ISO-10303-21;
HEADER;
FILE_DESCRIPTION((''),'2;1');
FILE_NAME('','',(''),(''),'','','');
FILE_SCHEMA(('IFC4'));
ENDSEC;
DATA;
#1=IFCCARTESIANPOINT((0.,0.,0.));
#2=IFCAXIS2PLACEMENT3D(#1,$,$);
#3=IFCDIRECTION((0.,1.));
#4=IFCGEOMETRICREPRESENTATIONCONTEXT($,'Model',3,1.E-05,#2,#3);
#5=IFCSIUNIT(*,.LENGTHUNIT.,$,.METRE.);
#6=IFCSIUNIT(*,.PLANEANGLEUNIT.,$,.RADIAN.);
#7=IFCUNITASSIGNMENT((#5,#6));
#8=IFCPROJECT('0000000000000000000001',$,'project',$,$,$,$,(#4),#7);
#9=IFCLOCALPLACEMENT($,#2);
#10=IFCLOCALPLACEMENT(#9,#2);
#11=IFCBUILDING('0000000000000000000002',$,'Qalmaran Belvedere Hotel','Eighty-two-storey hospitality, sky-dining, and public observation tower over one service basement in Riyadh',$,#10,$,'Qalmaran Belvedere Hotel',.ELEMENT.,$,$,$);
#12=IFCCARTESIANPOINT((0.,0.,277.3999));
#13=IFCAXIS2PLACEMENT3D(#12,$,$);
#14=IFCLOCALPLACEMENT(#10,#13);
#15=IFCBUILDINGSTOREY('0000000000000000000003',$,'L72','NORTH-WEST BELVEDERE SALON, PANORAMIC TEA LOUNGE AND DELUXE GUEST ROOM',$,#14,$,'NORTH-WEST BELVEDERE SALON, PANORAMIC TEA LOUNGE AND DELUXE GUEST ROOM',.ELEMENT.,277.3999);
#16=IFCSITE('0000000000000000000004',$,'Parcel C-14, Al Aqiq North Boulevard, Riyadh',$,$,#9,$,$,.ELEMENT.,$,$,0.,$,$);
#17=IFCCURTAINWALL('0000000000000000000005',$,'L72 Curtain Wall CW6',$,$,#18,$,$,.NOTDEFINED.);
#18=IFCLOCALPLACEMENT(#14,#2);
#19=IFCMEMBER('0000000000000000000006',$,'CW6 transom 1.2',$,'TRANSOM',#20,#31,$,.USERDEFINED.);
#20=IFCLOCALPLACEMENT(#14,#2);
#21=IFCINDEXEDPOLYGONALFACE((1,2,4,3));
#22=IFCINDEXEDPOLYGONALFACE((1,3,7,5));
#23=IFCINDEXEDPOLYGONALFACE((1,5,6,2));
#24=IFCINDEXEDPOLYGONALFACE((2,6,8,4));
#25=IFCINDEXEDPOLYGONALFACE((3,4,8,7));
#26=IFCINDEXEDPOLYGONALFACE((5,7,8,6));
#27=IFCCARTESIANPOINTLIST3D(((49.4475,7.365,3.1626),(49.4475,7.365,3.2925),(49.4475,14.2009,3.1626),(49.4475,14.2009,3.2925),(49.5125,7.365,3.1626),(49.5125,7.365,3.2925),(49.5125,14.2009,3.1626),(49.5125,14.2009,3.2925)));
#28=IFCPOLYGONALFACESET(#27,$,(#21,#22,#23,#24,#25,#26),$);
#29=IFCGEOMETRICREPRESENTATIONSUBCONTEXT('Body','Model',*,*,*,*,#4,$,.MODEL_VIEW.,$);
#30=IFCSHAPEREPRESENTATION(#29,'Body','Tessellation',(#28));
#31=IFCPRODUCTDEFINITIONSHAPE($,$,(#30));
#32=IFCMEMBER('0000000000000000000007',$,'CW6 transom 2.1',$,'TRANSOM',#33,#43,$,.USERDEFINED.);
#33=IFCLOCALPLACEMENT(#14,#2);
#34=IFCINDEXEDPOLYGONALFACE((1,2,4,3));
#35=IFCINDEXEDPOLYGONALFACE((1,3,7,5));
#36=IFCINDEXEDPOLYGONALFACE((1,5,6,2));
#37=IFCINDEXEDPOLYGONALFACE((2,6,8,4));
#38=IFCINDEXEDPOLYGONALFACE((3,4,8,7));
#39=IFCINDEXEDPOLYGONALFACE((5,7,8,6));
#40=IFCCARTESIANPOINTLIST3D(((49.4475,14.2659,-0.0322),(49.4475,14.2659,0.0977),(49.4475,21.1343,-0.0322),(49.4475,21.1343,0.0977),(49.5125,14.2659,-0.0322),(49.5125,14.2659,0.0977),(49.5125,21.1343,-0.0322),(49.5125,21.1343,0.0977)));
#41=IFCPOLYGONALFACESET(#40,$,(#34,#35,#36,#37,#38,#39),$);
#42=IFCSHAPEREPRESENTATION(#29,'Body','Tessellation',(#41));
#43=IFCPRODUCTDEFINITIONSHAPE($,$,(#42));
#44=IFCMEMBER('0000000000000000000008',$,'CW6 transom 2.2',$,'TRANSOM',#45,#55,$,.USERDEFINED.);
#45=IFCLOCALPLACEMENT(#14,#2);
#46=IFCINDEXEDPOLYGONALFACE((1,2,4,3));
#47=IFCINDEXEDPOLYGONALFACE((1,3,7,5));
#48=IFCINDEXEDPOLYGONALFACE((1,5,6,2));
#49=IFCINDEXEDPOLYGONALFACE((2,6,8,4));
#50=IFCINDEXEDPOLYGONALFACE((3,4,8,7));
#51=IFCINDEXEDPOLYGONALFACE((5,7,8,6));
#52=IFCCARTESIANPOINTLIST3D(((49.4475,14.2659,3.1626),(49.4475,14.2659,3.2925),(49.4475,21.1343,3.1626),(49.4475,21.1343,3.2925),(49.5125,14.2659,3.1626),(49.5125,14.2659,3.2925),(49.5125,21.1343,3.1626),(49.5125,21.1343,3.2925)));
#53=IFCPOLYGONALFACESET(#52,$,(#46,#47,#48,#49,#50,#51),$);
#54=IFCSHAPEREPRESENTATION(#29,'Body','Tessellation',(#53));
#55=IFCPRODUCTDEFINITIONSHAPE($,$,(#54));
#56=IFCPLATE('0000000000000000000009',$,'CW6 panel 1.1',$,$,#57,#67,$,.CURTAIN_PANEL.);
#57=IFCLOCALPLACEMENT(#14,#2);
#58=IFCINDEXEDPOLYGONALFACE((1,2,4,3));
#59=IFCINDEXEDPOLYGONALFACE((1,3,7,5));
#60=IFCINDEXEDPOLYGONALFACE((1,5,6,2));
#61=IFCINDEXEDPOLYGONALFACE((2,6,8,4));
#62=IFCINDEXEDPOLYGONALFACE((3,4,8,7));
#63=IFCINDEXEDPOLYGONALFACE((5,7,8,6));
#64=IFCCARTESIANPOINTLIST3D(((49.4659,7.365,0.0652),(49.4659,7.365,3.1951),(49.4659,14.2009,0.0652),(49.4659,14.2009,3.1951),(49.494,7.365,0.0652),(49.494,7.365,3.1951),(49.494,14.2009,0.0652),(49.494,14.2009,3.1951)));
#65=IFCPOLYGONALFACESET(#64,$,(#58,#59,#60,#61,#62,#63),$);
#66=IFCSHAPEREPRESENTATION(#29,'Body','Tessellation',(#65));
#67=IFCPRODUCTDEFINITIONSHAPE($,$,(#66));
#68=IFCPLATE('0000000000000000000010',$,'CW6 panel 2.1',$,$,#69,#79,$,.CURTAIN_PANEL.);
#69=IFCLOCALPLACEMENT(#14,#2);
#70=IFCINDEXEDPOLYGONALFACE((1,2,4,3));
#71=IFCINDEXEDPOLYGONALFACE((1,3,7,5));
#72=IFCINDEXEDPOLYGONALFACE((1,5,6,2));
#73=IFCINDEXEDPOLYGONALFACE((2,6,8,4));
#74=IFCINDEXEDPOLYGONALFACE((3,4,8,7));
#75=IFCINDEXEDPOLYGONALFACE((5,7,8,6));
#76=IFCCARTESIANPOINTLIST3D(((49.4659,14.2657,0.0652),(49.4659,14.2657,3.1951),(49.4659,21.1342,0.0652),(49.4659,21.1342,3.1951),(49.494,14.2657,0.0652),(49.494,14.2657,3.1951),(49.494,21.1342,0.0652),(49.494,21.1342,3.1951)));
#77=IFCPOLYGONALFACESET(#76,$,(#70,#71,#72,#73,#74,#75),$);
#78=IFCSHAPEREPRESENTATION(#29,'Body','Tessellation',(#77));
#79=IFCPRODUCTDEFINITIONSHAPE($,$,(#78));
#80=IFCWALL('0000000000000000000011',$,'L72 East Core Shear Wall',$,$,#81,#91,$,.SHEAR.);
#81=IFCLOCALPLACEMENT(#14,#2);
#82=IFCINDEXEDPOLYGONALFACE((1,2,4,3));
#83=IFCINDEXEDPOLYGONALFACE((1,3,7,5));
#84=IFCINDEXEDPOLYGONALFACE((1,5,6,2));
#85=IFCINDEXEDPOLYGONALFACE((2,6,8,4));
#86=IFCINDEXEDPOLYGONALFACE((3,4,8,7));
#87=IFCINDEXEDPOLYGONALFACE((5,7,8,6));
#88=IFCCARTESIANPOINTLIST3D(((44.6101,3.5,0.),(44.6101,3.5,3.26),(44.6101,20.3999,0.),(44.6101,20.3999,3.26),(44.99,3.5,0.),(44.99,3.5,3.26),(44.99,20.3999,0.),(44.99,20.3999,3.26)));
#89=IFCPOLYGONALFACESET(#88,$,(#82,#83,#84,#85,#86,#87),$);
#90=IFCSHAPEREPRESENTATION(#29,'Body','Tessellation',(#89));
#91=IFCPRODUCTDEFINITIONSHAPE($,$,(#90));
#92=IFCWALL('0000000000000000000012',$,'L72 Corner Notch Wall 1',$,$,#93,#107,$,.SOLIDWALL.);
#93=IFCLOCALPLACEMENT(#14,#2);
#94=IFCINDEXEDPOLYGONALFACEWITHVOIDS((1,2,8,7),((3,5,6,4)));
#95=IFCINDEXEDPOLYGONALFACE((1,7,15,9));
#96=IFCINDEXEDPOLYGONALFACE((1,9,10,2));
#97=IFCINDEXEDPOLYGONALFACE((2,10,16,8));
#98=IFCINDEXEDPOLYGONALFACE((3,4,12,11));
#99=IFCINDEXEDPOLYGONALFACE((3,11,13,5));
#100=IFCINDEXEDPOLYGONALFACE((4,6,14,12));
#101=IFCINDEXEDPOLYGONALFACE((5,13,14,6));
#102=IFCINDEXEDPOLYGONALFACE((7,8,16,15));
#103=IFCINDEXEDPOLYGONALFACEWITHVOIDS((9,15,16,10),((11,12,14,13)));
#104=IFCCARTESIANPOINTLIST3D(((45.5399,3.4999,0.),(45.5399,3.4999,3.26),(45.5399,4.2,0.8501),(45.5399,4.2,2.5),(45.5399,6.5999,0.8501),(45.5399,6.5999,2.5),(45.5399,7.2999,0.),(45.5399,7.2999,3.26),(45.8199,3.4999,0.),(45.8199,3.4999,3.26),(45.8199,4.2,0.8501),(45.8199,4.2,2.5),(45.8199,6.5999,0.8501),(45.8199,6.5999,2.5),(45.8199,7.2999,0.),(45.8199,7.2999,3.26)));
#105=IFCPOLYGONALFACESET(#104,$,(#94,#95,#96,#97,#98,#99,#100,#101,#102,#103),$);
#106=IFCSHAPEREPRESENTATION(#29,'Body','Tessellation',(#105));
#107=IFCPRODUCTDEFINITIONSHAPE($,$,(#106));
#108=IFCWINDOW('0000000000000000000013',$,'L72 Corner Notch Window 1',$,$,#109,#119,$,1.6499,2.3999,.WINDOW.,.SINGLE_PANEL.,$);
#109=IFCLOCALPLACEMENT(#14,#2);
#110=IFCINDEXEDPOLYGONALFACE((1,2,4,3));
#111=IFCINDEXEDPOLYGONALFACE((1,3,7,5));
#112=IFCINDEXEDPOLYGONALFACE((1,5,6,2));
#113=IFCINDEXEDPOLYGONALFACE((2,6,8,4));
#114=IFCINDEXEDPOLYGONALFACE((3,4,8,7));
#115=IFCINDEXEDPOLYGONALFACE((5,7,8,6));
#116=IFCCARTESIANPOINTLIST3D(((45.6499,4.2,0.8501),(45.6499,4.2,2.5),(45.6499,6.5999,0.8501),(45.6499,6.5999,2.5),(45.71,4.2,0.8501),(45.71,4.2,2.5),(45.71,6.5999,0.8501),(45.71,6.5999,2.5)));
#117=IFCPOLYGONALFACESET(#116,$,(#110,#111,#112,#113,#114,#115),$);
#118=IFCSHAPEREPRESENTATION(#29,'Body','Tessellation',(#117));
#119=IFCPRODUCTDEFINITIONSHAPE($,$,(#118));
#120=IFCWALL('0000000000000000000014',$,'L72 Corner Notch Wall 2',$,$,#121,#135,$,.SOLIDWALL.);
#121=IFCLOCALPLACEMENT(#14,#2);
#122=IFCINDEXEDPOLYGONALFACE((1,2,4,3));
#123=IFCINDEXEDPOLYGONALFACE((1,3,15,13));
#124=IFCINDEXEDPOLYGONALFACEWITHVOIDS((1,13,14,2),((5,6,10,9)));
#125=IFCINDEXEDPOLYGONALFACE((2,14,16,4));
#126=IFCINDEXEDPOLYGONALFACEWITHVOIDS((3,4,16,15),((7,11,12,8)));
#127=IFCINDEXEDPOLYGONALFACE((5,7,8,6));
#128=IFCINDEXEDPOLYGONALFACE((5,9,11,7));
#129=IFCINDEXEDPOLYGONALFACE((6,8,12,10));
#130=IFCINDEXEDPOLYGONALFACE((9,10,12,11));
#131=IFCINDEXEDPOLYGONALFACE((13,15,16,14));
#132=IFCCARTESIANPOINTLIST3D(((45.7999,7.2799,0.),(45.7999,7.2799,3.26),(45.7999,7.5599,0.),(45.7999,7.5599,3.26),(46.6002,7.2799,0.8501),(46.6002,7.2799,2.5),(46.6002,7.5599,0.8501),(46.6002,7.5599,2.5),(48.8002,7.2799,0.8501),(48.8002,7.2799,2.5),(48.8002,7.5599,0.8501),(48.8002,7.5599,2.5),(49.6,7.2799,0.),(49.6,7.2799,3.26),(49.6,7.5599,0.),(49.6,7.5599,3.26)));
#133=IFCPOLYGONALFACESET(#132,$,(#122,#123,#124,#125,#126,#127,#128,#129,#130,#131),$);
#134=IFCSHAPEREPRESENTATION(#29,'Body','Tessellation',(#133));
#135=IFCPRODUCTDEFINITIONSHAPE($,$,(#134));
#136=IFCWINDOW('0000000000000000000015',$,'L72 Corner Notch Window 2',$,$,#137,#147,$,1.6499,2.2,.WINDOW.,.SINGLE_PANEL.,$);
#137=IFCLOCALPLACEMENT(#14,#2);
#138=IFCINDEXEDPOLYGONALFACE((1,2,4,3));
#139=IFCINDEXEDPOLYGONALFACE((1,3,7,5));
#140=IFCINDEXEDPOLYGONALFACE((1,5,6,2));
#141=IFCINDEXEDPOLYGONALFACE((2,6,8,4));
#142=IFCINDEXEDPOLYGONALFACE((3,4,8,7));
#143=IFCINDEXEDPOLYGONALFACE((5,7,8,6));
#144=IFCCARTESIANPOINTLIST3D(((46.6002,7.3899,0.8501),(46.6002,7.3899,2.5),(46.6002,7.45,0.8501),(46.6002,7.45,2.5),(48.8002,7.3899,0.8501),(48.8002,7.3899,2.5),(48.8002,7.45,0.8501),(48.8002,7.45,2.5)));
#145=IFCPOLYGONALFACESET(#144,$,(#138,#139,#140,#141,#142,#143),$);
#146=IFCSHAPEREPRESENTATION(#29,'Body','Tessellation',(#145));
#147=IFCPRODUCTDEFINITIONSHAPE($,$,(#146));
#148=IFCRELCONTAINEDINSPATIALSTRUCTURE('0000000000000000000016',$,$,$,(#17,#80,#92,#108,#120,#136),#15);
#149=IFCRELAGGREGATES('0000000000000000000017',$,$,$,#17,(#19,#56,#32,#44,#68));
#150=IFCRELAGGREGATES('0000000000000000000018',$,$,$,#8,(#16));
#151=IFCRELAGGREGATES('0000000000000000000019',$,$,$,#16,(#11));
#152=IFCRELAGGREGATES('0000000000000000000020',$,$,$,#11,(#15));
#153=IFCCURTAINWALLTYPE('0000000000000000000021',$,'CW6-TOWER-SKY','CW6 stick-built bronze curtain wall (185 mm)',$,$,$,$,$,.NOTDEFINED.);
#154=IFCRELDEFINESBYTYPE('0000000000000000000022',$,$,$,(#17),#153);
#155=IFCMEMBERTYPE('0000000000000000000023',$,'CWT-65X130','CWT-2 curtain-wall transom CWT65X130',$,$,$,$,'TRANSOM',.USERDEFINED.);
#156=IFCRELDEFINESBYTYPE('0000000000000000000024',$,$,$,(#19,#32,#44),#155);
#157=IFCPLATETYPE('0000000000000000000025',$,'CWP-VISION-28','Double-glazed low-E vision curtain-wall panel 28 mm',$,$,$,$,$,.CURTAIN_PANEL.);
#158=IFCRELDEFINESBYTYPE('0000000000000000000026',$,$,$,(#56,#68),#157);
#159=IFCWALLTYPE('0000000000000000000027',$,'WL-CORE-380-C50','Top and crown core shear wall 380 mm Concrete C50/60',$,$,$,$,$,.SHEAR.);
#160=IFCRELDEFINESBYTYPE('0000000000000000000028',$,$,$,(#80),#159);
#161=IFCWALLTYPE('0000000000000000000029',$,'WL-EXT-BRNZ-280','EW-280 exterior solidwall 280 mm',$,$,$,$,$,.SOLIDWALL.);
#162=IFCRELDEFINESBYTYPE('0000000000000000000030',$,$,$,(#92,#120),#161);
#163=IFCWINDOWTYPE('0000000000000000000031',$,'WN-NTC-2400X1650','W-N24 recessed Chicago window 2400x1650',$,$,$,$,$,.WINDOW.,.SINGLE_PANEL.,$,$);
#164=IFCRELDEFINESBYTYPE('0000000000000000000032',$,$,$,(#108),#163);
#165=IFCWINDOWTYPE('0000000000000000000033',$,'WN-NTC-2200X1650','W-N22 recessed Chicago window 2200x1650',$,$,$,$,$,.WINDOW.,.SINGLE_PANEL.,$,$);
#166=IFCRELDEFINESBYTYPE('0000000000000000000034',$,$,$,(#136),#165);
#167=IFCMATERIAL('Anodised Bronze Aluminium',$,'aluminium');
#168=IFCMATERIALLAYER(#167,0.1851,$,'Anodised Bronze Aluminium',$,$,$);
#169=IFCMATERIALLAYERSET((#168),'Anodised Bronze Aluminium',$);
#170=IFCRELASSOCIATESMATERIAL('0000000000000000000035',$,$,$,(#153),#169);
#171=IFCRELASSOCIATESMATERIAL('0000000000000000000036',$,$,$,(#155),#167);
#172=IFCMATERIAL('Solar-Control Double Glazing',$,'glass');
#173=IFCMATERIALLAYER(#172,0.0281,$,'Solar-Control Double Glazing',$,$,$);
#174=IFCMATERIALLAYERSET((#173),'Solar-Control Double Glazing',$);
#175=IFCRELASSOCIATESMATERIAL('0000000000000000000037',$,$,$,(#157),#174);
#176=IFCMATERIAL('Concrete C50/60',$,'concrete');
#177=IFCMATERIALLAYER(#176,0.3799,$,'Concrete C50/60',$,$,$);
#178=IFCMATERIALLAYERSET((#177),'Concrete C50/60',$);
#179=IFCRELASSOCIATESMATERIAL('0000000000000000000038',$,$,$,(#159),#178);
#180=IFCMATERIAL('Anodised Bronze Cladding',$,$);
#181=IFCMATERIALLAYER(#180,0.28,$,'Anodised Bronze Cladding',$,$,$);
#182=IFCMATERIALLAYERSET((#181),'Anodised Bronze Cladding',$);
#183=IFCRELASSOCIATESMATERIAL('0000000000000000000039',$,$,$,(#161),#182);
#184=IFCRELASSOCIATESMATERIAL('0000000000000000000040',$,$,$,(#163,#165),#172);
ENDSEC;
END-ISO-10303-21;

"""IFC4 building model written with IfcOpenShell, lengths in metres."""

from ifc_helpers import new_model, si_unit, direction, frame, frame_2d, origin, origin_2d, place, context, subcontext, project, spatial, rectangle, extrude, material, layer, layer_set, material_profile, profile_set, type_object, element, fill, aggregate, save


model = new_model("IFC4")

# Units and contexts
model_context = context("Model", 3, precision=1e-05, world=origin(), true_north=direction((0.0, 1.0)))
body_context = subcontext(model_context, "Body", "Model", "MODEL_VIEW")
ifc_project = project(units=[si_unit("LENGTHUNIT", "METRE"), si_unit("PLANEANGLEUNIT", "RADIAN")], contexts=[model_context])

# Site, building, storey
site_placement = place(None, origin())
site = spatial("IfcSite", under=ifc_project, at=site_placement, Name="Parcel C-14, Al Aqiq North Boulevard, Riyadh", CompositionType="ELEMENT", RefElevation=0.0)
building_placement = place(site_placement, origin())
building = spatial("IfcBuilding", under=site, at=building_placement, Name="Qalmaran Belvedere Hotel", Description="Eighty-two-storey hospitality, sky-dining, and public observation tower over one service basement in Riyadh", LongName="Qalmaran Belvedere Hotel", CompositionType="ELEMENT")
storey_placement = place(building_placement, frame((0.0, 0.0, 277.3999)))
storey = spatial("IfcBuildingStorey", under=building, at=storey_placement, Name="L72", Description="NORTH-WEST BELVEDERE SALON, PANORAMIC TEA LOUNGE AND DELUXE GUEST ROOM", LongName="NORTH-WEST BELVEDERE SALON, PANORAMIC TEA LOUNGE AND DELUXE GUEST ROOM", CompositionType="ELEMENT", Elevation=277.3999)

# Shared definitions
ifc_material_1 = material(Name="Concrete C50/60", Category="concrete")

# Curtain wall, members, plates
ifc_material_2 = material(Name="Anodised Bronze Aluminium", Category="aluminium")
ifc_layer_1 = layer(ifc_material_2, 0.1851, Name="Anodised Bronze Aluminium")
ifc_layer_set_1 = layer_set([ifc_layer_1], Name="Anodised Bronze Aluminium")
curtain_wall_type = type_object("IfcCurtainWallType", Name="CW6-TOWER-SKY", Description="CW6 stick-built bronze curtain wall (185 mm)", PredefinedType="NOTDEFINED", material=ifc_layer_set_1)
curtain_wall_placement = place(storey_placement, origin())
curtain_wall = element("IfcCurtainWall", 1, at=curtain_wall_placement, inside=storey, type_object=curtain_wall_type, Name="L72 Curtain Wall CW6", PredefinedType="NOTDEFINED")
ifc_material_profile_1 = material_profile(ifc_material_2, rectangle(XDim=0.0649, YDim=0.1299, at=origin_2d()), Name="CWT65X130")
ifc_profile_set_1 = profile_set([ifc_material_profile_1], Name="Anodised Bronze Aluminium")
member_type_1 = type_object("IfcMemberType", Name="CWT-65X130", Description="CWT-2 curtain-wall transom CWT65X130", ElementType="TRANSOM", PredefinedType="USERDEFINED", material=ifc_profile_set_1)
member_1_placement = place(storey_placement, frame((49.48, 7.365, 3.2275), z_axis=(0.0, 1.0, 0.0), x_axis=(-1.0, 0.0, 0.0)))
member_1 = element("IfcMember", 2, at=member_1_placement, type_object=member_type_1, Name="CW6 transom 1.2", ObjectType="TRANSOM", PredefinedType="USERDEFINED", context=body_context, shape_type="SweptSolid", body=[
    extrude(rectangle(XDim=0.0649, YDim=0.1299, at=origin_2d()), origin(), (0.0, 0.0, 1.0), 6.8359),
])
member_2_placement = place(storey_placement, frame((49.48, 14.2659, 0.0327), z_axis=(0.0, 1.0, 0.0), x_axis=(-1.0, 0.0, 0.0)))
member_2 = element("IfcMember", 3, at=member_2_placement, type_object=member_type_1, Name="CW6 transom 2.1", ObjectType="TRANSOM", PredefinedType="USERDEFINED", context=body_context, shape_type="SweptSolid", body=[
    extrude(rectangle(XDim=0.0649, YDim=0.1299, at=origin_2d()), origin(), (0.0, 0.0, 1.0), 6.8684),
])
member_3_placement = place(storey_placement, frame((49.48, 14.2659, 3.2275), z_axis=(0.0, 1.0, 0.0), x_axis=(-1.0, 0.0, 0.0)))
member_3 = element("IfcMember", 4, at=member_3_placement, type_object=member_type_1, Name="CW6 transom 2.2", ObjectType="TRANSOM", PredefinedType="USERDEFINED", context=body_context, shape_type="SweptSolid", body=[
    extrude(rectangle(XDim=0.0649, YDim=0.1299, at=origin_2d()), origin(), (0.0, 0.0, 1.0), 6.8684),
])
ifc_material_3 = material(Name="Solar-Control Double Glazing", Category="glass")
ifc_layer_2 = layer(ifc_material_3, 0.0281, Name="Solar-Control Double Glazing")
ifc_layer_set_2 = layer_set([ifc_layer_2], Name="Solar-Control Double Glazing")
plate_type = type_object("IfcPlateType", Name="CWP-VISION-28", Description="Double-glazed low-E vision curtain-wall panel 28 mm", PredefinedType="CURTAIN_PANEL", material=ifc_layer_set_2)
plate_1_placement = place(storey_placement, frame((49.48, 10.783, 0.0652), z_axis=(0.0, 0.0, 1.0), x_axis=(0.0, 1.0, 0.0)))
plate_1 = element("IfcPlate", 5, at=plate_1_placement, type_object=plate_type, Name="CW6 panel 1.1", PredefinedType="CURTAIN_PANEL", context=body_context, shape_type="SweptSolid", body=[
    extrude(rectangle(XDim=6.8359, YDim=0.0281, at=origin_2d()), origin(), (0.0, 0.0, 1.0), 3.1299),
])
plate_2_placement = place(storey_placement, frame((49.48, 17.7, 0.0652), z_axis=(0.0, 0.0, 1.0), x_axis=(0.0, 1.0, 0.0)))
plate_2 = element("IfcPlate", 6, at=plate_2_placement, type_object=plate_type, Name="CW6 panel 2.1", PredefinedType="CURTAIN_PANEL", context=body_context, shape_type="SweptSolid", body=[
    extrude(rectangle(XDim=6.8684, YDim=0.0281, at=origin_2d()), origin(), (0.0, 0.0, 1.0), 3.1299),
])
aggregate(curtain_wall, [member_1, plate_1, member_2, member_3, plate_2])

# Wall
ifc_layer_3 = layer(ifc_material_1, 0.3799, Name="Concrete C50/60")
ifc_layer_set_3 = layer_set([ifc_layer_3], Name="Concrete C50/60")
wall_type_1 = type_object("IfcWallType", Name="WL-CORE-380-C50", Description="Top and crown core shear wall 380 mm Concrete C50/60", PredefinedType="SHEAR", material=ifc_layer_set_3)
wall_1_placement = place(storey_placement, frame((44.8, 3.5, 0.0), z_axis=(0.0, 0.0, 1.0), x_axis=(0.0, 1.0, 0.0)))
element("IfcWall", 7, at=wall_1_placement, inside=storey, type_object=wall_type_1, Name="L72 East Core Shear Wall", PredefinedType="SHEAR", context=body_context, shape_type="SweptSolid", body=[
    extrude(rectangle(XDim=16.8999, YDim=0.3799, at=frame_2d((8.45, 0.0))), origin(), (0.0, 0.0, 1.0), 3.26),
])

# Walls, openings, windows
ifc_material_4 = material(Name="Anodised Bronze Cladding")
ifc_layer_4 = layer(ifc_material_4, 0.28, Name="Anodised Bronze Cladding")
ifc_layer_set_4 = layer_set([ifc_layer_4], Name="Anodised Bronze Cladding")
wall_type_2 = type_object("IfcWallType", Name="WL-EXT-BRNZ-280", Description="EW-280 exterior solidwall 280 mm", PredefinedType="SOLIDWALL", material=ifc_layer_set_4)
wall_2_placement = place(storey_placement, frame((45.6799, 3.5, 0.0), z_axis=(0.0, 0.0, 1.0), x_axis=(0.0, 1.0, 0.0)))
wall_2 = element("IfcWall", 8, at=wall_2_placement, inside=storey, type_object=wall_type_2, Name="L72 Corner Notch Wall 1", PredefinedType="SOLIDWALL", context=body_context, shape_type="SweptSolid", body=[
    extrude(rectangle(XDim=3.8, YDim=0.28, at=frame_2d((1.8999, 0.0))), origin(), (0.0, 0.0, 1.0), 3.26),
])
opening_1_placement = place(wall_2_placement, frame((0.7, 0.0, 0.8501)))
opening_1 = element("IfcOpeningElement", 9, at=opening_1_placement, cuts=wall_2, PredefinedType="OPENING", context=body_context, shape_type="SweptSolid", body=[
    extrude(rectangle(XDim=2.3999, YDim=1.6499, at=frame_2d((1.2, 0.825))), frame((0.0, 0.1499, 0.0), z_axis=(0.0, -1.0, 0.0), x_axis=(1.0, 0.0, 0.0)), (0.0, 0.0, 1.0), 0.3),
])
window_type_1 = type_object("IfcWindowType", Name="WN-NTC-2400X1650", Description="W-N24 recessed Chicago window 2400x1650", PartitioningType="SINGLE_PANEL", PredefinedType="WINDOW", material=ifc_material_3)
window_1_placement = place(opening_1_placement, origin())
window_1 = element("IfcWindow", 10, at=window_1_placement, inside=storey, type_object=window_type_1, Name="L72 Corner Notch Window 1", OverallHeight=1.6499, OverallWidth=2.3999, PartitioningType="SINGLE_PANEL", PredefinedType="WINDOW", context=body_context, shape_type="SweptSolid", body=[
    extrude(rectangle(XDim=2.3999, YDim=1.6499, at=frame_2d((1.2, 0.825))), frame((0.0, 0.03, 0.0), z_axis=(0.0, -1.0, 0.0), x_axis=(1.0, 0.0, 0.0)), (0.0, 0.0, 1.0), 0.0601),
])
fill(opening_1, window_1)
wall_3_placement = place(storey_placement, frame((45.8, 7.4199, 0.0), z_axis=(0.0, 0.0, 1.0), x_axis=(1.0, 0.0, 0.0)))
wall_3 = element("IfcWall", 11, at=wall_3_placement, inside=storey, type_object=wall_type_2, Name="L72 Corner Notch Wall 2", PredefinedType="SOLIDWALL", context=body_context, shape_type="SweptSolid", body=[
    extrude(rectangle(XDim=3.8, YDim=0.28, at=frame_2d((1.8999, 0.0))), origin(), (0.0, 0.0, 1.0), 3.26),
])
opening_2_placement = place(wall_3_placement, frame((0.8, 0.0, 0.8501)))
opening_2 = element("IfcOpeningElement", 12, at=opening_2_placement, cuts=wall_3, PredefinedType="OPENING", context=body_context, shape_type="SweptSolid", body=[
    extrude(rectangle(XDim=2.2, YDim=1.6499, at=frame_2d((1.1001, 0.825))), frame((0.0, 0.1499, 0.0), z_axis=(0.0, -1.0, 0.0), x_axis=(1.0, 0.0, 0.0)), (0.0, 0.0, 1.0), 0.3),
])
window_type_2 = type_object("IfcWindowType", Name="WN-NTC-2200X1650", Description="W-N22 recessed Chicago window 2200x1650", PartitioningType="SINGLE_PANEL", PredefinedType="WINDOW", material=ifc_material_3)
window_2_placement = place(opening_2_placement, origin())
window_2 = element("IfcWindow", 13, at=window_2_placement, inside=storey, type_object=window_type_2, Name="L72 Corner Notch Window 2", OverallHeight=1.6499, OverallWidth=2.2, PartitioningType="SINGLE_PANEL", PredefinedType="WINDOW", context=body_context, shape_type="SweptSolid", body=[
    extrude(rectangle(XDim=2.2, YDim=1.6499, at=frame_2d((1.1001, 0.825))), frame((0.0, 0.03, 0.0), z_axis=(0.0, -1.0, 0.0), x_axis=(1.0, 0.0, 0.0)), (0.0, 0.0, 1.0), 0.0601),
])
fill(opening_2, window_2)

save(model, "model.ifc")
